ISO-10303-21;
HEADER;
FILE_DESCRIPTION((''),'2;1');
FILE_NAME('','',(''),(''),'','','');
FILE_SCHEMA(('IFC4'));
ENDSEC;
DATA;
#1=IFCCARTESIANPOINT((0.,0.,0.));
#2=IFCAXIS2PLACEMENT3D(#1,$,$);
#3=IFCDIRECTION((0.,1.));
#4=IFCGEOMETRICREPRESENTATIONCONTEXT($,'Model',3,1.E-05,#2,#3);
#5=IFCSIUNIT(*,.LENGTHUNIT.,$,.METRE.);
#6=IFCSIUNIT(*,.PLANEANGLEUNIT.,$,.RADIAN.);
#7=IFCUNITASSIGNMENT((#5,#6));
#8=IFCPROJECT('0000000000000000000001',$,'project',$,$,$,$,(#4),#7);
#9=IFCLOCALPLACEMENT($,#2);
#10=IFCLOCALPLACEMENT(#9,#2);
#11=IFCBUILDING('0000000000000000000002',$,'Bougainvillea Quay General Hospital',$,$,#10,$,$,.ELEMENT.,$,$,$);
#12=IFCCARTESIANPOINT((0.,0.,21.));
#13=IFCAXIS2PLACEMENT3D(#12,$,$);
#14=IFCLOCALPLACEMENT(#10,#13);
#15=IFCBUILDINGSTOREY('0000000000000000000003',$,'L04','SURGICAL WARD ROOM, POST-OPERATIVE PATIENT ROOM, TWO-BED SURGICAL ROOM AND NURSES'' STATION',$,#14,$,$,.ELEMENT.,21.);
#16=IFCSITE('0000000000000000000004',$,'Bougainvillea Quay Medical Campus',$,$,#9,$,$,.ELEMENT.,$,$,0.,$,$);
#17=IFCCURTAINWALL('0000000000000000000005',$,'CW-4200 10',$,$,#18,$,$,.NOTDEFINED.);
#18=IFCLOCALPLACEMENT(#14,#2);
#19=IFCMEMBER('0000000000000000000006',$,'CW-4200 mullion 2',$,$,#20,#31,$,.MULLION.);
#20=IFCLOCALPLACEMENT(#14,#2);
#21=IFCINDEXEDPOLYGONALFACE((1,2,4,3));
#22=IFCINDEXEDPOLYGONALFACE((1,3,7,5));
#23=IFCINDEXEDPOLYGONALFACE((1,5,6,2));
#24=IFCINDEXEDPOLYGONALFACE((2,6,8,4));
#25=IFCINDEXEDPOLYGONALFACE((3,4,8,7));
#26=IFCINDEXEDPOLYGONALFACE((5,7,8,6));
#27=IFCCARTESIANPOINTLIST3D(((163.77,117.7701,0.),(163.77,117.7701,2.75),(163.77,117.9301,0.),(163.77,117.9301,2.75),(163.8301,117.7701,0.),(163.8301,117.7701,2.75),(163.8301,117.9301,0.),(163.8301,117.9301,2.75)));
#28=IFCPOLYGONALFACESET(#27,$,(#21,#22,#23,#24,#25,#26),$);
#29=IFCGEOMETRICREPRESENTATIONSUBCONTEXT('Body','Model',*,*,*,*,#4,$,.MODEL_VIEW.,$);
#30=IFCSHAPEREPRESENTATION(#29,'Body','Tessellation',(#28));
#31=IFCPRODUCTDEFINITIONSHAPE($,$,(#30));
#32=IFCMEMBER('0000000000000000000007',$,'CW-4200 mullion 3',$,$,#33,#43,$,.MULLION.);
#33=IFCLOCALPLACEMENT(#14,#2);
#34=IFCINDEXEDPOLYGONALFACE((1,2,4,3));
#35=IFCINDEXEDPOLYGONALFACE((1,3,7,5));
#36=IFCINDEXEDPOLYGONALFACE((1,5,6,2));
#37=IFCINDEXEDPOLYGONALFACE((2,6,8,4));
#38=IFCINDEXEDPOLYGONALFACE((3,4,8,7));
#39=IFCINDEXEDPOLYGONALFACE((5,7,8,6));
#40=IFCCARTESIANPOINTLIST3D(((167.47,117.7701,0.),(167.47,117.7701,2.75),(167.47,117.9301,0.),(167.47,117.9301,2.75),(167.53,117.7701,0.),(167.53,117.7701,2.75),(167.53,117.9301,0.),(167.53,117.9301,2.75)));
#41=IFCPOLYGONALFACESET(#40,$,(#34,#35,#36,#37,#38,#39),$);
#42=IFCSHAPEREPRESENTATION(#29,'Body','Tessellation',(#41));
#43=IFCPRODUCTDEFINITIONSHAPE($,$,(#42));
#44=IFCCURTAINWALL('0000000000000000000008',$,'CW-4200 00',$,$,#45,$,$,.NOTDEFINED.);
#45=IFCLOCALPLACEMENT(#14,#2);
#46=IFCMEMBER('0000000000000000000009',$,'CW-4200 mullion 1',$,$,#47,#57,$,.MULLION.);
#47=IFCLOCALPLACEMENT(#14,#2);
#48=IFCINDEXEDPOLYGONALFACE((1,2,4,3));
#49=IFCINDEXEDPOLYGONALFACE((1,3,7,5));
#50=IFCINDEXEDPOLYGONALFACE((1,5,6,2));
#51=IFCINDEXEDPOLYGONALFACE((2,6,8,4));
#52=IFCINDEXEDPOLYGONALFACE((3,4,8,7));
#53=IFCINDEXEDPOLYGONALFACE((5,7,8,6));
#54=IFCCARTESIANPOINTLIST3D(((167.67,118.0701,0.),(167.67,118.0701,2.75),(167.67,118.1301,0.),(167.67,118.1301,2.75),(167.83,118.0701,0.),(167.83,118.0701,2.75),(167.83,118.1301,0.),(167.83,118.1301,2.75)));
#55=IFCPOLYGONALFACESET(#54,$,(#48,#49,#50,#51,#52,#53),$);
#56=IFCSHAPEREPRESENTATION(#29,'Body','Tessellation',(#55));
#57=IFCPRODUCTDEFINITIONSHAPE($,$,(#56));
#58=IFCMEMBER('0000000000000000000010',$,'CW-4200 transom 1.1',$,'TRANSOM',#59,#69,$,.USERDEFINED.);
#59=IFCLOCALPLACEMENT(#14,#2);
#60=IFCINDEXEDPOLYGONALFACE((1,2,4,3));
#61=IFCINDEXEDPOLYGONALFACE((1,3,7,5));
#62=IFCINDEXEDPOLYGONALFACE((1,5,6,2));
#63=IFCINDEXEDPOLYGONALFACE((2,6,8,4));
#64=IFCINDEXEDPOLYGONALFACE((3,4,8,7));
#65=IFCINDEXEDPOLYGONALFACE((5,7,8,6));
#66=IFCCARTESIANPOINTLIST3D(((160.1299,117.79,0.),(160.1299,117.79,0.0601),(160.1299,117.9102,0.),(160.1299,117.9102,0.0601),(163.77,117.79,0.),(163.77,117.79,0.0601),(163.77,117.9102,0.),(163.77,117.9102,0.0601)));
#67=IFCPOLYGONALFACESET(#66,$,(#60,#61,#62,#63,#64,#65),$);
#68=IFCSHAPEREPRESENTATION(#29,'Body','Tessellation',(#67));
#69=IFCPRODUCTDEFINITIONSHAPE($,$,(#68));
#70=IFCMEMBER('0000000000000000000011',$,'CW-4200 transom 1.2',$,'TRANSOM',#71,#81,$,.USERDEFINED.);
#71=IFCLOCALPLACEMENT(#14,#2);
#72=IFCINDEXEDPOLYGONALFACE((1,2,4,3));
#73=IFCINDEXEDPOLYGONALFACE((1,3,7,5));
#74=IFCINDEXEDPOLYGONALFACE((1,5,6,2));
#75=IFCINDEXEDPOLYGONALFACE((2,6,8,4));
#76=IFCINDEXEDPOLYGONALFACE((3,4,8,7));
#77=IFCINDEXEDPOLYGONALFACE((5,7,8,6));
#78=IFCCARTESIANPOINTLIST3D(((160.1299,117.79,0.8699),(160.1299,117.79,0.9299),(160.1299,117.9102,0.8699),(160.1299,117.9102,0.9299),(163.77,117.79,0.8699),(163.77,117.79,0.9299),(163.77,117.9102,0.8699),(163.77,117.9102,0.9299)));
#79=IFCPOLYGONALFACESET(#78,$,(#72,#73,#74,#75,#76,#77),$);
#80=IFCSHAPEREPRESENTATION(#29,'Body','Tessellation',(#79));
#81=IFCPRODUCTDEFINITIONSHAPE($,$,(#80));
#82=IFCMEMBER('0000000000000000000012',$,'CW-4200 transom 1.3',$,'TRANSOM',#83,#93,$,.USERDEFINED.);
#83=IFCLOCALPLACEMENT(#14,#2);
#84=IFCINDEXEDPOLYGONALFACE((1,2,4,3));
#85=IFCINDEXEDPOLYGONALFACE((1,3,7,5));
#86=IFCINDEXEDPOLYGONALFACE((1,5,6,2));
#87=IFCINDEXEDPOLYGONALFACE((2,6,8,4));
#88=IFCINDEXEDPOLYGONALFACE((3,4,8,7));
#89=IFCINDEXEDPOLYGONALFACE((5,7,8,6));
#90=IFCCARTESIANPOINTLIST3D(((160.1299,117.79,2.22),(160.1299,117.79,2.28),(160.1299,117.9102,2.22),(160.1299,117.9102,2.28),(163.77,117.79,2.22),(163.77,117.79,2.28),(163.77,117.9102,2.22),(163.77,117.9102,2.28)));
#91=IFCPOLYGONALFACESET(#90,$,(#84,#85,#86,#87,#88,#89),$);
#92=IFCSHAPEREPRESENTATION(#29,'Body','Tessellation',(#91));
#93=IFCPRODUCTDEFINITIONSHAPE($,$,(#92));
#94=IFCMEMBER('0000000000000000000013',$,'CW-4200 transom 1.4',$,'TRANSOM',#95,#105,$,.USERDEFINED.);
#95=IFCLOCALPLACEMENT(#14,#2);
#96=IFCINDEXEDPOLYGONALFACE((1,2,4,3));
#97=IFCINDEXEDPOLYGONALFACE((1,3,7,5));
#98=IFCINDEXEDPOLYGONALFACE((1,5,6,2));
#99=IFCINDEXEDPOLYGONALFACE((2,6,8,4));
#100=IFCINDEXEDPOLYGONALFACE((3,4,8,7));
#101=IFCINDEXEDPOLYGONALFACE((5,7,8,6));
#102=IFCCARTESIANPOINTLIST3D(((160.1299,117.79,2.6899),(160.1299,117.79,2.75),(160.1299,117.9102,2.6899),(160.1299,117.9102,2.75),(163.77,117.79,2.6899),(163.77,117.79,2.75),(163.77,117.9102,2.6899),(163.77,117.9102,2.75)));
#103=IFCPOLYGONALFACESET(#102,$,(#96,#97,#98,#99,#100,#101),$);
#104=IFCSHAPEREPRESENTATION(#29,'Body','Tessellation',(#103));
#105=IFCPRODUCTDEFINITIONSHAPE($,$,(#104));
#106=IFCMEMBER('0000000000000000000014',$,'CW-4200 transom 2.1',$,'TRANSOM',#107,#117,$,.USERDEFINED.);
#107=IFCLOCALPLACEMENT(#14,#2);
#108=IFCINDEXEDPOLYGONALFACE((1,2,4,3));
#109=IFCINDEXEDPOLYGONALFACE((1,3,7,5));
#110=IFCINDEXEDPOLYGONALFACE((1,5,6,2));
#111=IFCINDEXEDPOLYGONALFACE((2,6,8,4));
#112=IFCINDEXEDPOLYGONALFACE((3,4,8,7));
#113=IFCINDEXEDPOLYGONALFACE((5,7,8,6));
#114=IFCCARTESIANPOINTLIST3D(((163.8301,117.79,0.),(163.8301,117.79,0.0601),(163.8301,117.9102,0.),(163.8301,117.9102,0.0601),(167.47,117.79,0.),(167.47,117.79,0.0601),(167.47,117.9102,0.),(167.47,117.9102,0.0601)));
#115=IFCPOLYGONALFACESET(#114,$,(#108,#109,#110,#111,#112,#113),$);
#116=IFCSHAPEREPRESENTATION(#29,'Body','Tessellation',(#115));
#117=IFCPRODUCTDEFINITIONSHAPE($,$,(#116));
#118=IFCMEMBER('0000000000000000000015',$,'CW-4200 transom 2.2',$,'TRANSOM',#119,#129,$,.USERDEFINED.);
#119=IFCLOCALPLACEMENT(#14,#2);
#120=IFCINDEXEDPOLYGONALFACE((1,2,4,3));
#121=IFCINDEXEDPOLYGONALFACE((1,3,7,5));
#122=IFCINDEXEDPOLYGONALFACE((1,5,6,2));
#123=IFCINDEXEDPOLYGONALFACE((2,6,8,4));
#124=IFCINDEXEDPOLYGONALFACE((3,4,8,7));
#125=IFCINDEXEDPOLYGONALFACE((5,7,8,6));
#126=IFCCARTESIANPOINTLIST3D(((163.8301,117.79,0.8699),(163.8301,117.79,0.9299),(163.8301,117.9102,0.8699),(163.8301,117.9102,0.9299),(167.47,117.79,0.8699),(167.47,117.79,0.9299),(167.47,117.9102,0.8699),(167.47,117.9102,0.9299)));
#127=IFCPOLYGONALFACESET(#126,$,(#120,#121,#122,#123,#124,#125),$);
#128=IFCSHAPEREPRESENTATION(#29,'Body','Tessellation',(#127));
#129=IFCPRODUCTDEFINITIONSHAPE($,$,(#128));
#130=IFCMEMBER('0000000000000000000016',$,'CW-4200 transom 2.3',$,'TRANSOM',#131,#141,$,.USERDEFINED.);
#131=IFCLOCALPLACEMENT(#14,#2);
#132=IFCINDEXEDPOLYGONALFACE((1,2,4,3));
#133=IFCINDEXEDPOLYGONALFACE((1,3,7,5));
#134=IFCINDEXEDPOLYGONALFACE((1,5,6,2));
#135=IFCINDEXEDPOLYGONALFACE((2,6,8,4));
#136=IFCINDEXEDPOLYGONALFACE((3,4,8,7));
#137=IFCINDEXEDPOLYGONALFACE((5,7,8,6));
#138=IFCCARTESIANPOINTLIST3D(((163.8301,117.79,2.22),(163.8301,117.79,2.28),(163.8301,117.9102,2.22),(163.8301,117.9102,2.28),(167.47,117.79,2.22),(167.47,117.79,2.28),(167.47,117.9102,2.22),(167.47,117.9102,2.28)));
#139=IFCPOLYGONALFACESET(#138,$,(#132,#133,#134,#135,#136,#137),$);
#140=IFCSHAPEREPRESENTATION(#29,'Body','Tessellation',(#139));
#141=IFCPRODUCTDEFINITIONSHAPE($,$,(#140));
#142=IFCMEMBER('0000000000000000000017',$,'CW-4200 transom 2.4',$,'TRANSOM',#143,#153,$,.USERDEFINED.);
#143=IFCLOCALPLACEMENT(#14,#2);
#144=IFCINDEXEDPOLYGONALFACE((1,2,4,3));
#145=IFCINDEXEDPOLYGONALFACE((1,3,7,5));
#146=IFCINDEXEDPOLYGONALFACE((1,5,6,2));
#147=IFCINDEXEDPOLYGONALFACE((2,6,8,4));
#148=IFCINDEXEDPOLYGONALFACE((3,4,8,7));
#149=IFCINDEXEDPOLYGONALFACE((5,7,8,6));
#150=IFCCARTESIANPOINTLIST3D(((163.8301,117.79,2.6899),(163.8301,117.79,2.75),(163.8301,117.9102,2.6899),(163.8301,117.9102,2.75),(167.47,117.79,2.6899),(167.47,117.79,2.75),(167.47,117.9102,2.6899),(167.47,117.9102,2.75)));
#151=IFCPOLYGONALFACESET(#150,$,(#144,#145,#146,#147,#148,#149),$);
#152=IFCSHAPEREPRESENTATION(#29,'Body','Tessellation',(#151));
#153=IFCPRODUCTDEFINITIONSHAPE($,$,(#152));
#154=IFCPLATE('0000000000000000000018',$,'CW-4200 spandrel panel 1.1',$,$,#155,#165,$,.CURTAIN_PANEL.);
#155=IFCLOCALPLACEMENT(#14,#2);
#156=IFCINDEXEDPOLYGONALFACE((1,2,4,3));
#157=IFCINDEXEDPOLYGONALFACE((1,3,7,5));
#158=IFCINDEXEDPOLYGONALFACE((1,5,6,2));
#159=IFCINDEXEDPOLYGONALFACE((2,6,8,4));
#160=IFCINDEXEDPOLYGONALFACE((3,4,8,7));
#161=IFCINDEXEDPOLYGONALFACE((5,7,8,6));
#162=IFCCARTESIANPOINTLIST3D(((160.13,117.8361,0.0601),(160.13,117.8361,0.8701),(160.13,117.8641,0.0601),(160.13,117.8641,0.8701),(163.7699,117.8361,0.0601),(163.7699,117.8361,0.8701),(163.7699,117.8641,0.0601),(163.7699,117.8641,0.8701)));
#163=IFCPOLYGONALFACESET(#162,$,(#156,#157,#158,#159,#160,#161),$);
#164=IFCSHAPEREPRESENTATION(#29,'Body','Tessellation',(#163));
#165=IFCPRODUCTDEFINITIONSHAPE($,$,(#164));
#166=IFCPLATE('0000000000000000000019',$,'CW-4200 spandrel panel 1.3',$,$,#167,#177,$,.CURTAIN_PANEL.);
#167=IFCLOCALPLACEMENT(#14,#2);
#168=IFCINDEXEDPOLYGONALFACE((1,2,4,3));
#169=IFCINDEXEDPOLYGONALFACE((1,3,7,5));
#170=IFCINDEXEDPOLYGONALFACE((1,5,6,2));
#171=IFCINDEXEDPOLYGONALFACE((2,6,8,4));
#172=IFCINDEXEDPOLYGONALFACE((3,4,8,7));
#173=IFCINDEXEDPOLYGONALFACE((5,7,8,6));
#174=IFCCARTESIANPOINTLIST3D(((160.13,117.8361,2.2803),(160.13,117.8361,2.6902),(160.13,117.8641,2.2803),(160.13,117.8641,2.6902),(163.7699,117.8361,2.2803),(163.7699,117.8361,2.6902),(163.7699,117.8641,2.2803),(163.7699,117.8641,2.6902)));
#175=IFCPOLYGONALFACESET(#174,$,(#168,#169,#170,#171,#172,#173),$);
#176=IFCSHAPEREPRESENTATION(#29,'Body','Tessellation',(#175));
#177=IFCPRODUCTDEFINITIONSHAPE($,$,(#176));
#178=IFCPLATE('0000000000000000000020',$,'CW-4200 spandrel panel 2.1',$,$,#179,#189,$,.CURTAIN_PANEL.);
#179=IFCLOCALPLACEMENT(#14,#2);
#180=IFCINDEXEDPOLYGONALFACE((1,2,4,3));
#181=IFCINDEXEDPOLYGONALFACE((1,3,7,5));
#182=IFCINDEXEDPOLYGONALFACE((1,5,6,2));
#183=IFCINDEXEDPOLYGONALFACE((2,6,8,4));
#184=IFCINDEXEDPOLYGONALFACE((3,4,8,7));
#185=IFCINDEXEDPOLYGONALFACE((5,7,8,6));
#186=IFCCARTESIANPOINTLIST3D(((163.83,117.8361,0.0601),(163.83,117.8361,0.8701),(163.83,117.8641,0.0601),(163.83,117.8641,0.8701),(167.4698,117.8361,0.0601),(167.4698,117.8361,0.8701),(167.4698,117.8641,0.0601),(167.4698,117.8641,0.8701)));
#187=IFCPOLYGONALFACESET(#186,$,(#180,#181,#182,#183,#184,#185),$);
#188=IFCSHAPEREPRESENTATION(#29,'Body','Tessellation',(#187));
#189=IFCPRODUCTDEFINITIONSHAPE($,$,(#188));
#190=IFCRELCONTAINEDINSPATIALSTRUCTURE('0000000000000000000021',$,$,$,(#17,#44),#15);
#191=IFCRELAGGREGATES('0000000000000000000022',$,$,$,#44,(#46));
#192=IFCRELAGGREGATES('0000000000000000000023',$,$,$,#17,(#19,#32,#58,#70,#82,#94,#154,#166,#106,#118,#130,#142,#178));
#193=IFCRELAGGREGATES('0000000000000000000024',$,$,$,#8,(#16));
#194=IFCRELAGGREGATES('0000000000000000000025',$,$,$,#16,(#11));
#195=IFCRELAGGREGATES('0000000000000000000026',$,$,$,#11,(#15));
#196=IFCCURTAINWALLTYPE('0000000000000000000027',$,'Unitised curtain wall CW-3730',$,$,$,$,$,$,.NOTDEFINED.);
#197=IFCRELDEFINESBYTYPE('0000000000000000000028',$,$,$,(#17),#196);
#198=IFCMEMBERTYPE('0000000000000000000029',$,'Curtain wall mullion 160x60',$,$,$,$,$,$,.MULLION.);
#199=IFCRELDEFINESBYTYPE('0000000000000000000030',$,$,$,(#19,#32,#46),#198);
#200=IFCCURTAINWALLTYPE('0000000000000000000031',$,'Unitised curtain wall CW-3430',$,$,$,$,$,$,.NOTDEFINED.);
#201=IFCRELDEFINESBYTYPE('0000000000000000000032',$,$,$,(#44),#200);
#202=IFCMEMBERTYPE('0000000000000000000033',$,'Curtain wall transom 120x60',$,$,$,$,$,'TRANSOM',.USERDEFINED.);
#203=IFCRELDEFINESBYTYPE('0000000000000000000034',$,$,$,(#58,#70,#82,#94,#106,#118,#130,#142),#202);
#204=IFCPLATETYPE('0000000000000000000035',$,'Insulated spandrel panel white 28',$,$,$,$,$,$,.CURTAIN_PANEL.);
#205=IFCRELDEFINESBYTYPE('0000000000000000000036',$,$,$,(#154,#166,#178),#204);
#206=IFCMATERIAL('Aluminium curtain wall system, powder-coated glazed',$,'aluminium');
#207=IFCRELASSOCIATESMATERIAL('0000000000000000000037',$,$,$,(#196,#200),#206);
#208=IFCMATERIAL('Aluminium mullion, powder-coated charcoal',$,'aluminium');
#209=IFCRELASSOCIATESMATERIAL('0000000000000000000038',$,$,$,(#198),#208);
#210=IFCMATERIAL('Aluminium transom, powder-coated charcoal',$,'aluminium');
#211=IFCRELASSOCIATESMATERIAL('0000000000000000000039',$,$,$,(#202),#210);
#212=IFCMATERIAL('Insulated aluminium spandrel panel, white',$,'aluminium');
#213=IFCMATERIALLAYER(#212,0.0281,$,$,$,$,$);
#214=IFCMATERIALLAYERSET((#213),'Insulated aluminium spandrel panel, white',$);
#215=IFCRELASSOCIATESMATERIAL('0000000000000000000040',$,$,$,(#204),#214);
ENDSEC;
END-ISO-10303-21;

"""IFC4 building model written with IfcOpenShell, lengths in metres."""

from ifc_helpers import new_model, si_unit, direction, frame, origin, origin_2d, place, context, subcontext, project, spatial, rectangle, extrude, material, layer, layer_set, material_profile, profile_set, type_object, element, aggregate, save


model = new_model("IFC4")

# Units and contexts
model_context = context("Model", 3, precision=1e-05, world=origin(), true_north=direction((0.0, 1.0)))
body_context = subcontext(model_context, "Body", "Model", "MODEL_VIEW")
ifc_project = project(units=[si_unit("LENGTHUNIT", "METRE"), si_unit("PLANEANGLEUNIT", "RADIAN")], contexts=[model_context])

# Site, building, storey
site_placement = place(None, origin())
site = spatial("IfcSite", under=ifc_project, at=site_placement, Name="Bougainvillea Quay Medical Campus", CompositionType="ELEMENT", RefElevation=0.0)
building_placement = place(site_placement, origin())
building = spatial("IfcBuilding", under=site, at=building_placement, Name="Bougainvillea Quay General Hospital", CompositionType="ELEMENT")
storey_placement = place(building_placement, frame((0.0, 0.0, 21.0)))
storey = spatial("IfcBuildingStorey", under=building, at=storey_placement, Name="L04", Description="SURGICAL WARD ROOM, POST-OPERATIVE PATIENT ROOM, TWO-BED SURGICAL ROOM AND NURSES' STATION", CompositionType="ELEMENT", Elevation=21.0)

# Curtain wall, members
ifc_material_1 = material(Name="Aluminium curtain wall system, powder-coated glazed", Category="aluminium")
curtain_wall_type_1 = type_object("IfcCurtainWallType", Name="Unitised curtain wall CW-3730", PredefinedType="NOTDEFINED", material=ifc_material_1)
curtain_wall_1_placement = place(storey_placement, origin())
curtain_wall_1 = element("IfcCurtainWall", 1, at=curtain_wall_1_placement, inside=storey, type_object=curtain_wall_type_1, Name="CW-4200 10", PredefinedType="NOTDEFINED")
ifc_material_2 = material(Name="Aluminium mullion, powder-coated charcoal", Category="aluminium")
ifc_material_profile_1 = material_profile(ifc_material_2, rectangle(XDim=0.1599, YDim=0.0601, at=origin_2d()))
ifc_profile_set_1 = profile_set([ifc_material_profile_1], Name="Aluminium mullion, powder-coated charcoal")
member_type_1 = type_object("IfcMemberType", Name="Curtain wall mullion 160x60", PredefinedType="MULLION", material=ifc_profile_set_1)
member_1_placement = place(storey_placement, frame((163.8, 117.8501, 0.0), z_axis=(0.0, 0.0, 1.0), x_axis=(0.0, 1.0, 0.0)))
member_1 = element("IfcMember", 2, at=member_1_placement, type_object=member_type_1, Name="CW-4200 mullion 2", PredefinedType="MULLION", context=body_context, shape_type="SweptSolid", body=[
    extrude(rectangle(XDim=0.1599, YDim=0.0601, at=origin_2d()), origin(), (0.0, 0.0, 1.0), 2.75),
])
member_2_placement = place(storey_placement, frame((167.5, 117.8501, 0.0), z_axis=(0.0, 0.0, 1.0), x_axis=(0.0, 1.0, 0.0)))
member_2 = element("IfcMember", 3, at=member_2_placement, type_object=member_type_1, Name="CW-4200 mullion 3", PredefinedType="MULLION", context=body_context, shape_type="SweptSolid", body=[
    extrude(rectangle(XDim=0.1599, YDim=0.0601, at=origin_2d()), origin(), (0.0, 0.0, 1.0), 2.75),
])

# Curtain wall, member
curtain_wall_type_2 = type_object("IfcCurtainWallType", Name="Unitised curtain wall CW-3430", PredefinedType="NOTDEFINED", material=ifc_material_1)
curtain_wall_2_placement = place(storey_placement, origin())
curtain_wall_2 = element("IfcCurtainWall", 4, at=curtain_wall_2_placement, inside=storey, type_object=curtain_wall_type_2, Name="CW-4200 00", PredefinedType="NOTDEFINED")
member_3_placement = place(storey_placement, frame((167.75, 118.1001, 0.0), z_axis=(0.0, 0.0, 1.0), x_axis=(-1.0, 0.0, 0.0)))
member_3 = element("IfcMember", 5, at=member_3_placement, type_object=member_type_1, Name="CW-4200 mullion 1", PredefinedType="MULLION", context=body_context, shape_type="SweptSolid", body=[
    extrude(rectangle(XDim=0.1599, YDim=0.0601, at=origin_2d()), origin(), (0.0, 0.0, 1.0), 2.75),
])
aggregate(curtain_wall_2, [member_3])

# Members
ifc_material_3 = material(Name="Aluminium transom, powder-coated charcoal", Category="aluminium")
ifc_material_profile_2 = material_profile(ifc_material_3, rectangle(XDim=0.1201, YDim=0.0601, at=origin_2d()))
ifc_profile_set_2 = profile_set([ifc_material_profile_2], Name="Aluminium transom, powder-coated charcoal")
member_type_2 = type_object("IfcMemberType", Name="Curtain wall transom 120x60", ElementType="TRANSOM", PredefinedType="USERDEFINED", material=ifc_profile_set_2)
member_4_placement = place(storey_placement, frame((160.1299, 117.8501, 0.03), z_axis=(1.0, 0.0, 0.0), x_axis=(0.0, 1.0, 0.0)))
member_4 = element("IfcMember", 6, at=member_4_placement, type_object=member_type_2, Name="CW-4200 transom 1.1", ObjectType="TRANSOM", PredefinedType="USERDEFINED", context=body_context, shape_type="SweptSolid", body=[
    extrude(rectangle(XDim=0.1201, YDim=0.0601, at=origin_2d()), origin(), (0.0, 0.0, 1.0), 3.6401),
])
member_5_placement = place(storey_placement, frame((160.1299, 117.8501, 0.8999), z_axis=(1.0, 0.0, 0.0), x_axis=(0.0, 1.0, 0.0)))
member_5 = element("IfcMember", 7, at=member_5_placement, type_object=member_type_2, Name="CW-4200 transom 1.2", ObjectType="TRANSOM", PredefinedType="USERDEFINED", context=body_context, shape_type="SweptSolid", body=[
    extrude(rectangle(XDim=0.1201, YDim=0.0601, at=origin_2d()), origin(), (0.0, 0.0, 1.0), 3.6401),
])
member_6_placement = place(storey_placement, frame((160.1299, 117.8501, 2.25), z_axis=(1.0, 0.0, 0.0), x_axis=(0.0, 1.0, 0.0)))
member_6 = element("IfcMember", 8, at=member_6_placement, type_object=member_type_2, Name="CW-4200 transom 1.3", ObjectType="TRANSOM", PredefinedType="USERDEFINED", context=body_context, shape_type="SweptSolid", body=[
    extrude(rectangle(XDim=0.1201, YDim=0.0601, at=origin_2d()), origin(), (0.0, 0.0, 1.0), 3.6401),
])
member_7_placement = place(storey_placement, frame((160.1299, 117.8501, 2.72), z_axis=(1.0, 0.0, 0.0), x_axis=(0.0, 1.0, 0.0)))
member_7 = element("IfcMember", 9, at=member_7_placement, type_object=member_type_2, Name="CW-4200 transom 1.4", ObjectType="TRANSOM", PredefinedType="USERDEFINED", context=body_context, shape_type="SweptSolid", body=[
    extrude(rectangle(XDim=0.1201, YDim=0.0601, at=origin_2d()), origin(), (0.0, 0.0, 1.0), 3.6401),
])
member_8_placement = place(storey_placement, frame((163.8301, 117.8501, 0.03), z_axis=(1.0, 0.0, 0.0), x_axis=(0.0, 1.0, 0.0)))
member_8 = element("IfcMember", 10, at=member_8_placement, type_object=member_type_2, Name="CW-4200 transom 2.1", ObjectType="TRANSOM", PredefinedType="USERDEFINED", context=body_context, shape_type="SweptSolid", body=[
    extrude(rectangle(XDim=0.1201, YDim=0.0601, at=origin_2d()), origin(), (0.0, 0.0, 1.0), 3.6399),
])
member_9_placement = place(storey_placement, frame((163.8301, 117.8501, 0.8999), z_axis=(1.0, 0.0, 0.0), x_axis=(0.0, 1.0, 0.0)))
member_9 = element("IfcMember", 11, at=member_9_placement, type_object=member_type_2, Name="CW-4200 transom 2.2", ObjectType="TRANSOM", PredefinedType="USERDEFINED", context=body_context, shape_type="SweptSolid", body=[
    extrude(rectangle(XDim=0.1201, YDim=0.0601, at=origin_2d()), origin(), (0.0, 0.0, 1.0), 3.6399),
])
member_10_placement = place(storey_placement, frame((163.8301, 117.8501, 2.25), z_axis=(1.0, 0.0, 0.0), x_axis=(0.0, 1.0, 0.0)))
member_10 = element("IfcMember", 12, at=member_10_placement, type_object=member_type_2, Name="CW-4200 transom 2.3", ObjectType="TRANSOM", PredefinedType="USERDEFINED", context=body_context, shape_type="SweptSolid", body=[
    extrude(rectangle(XDim=0.1201, YDim=0.0601, at=origin_2d()), origin(), (0.0, 0.0, 1.0), 3.6399),
])
member_11_placement = place(storey_placement, frame((163.8301, 117.8501, 2.72), z_axis=(1.0, 0.0, 0.0), x_axis=(0.0, 1.0, 0.0)))
member_11 = element("IfcMember", 13, at=member_11_placement, type_object=member_type_2, Name="CW-4200 transom 2.4", ObjectType="TRANSOM", PredefinedType="USERDEFINED", context=body_context, shape_type="SweptSolid", body=[
    extrude(rectangle(XDim=0.1201, YDim=0.0601, at=origin_2d()), origin(), (0.0, 0.0, 1.0), 3.6399),
])

# Plates
ifc_material_4 = material(Name="Insulated aluminium spandrel panel, white", Category="aluminium")
ifc_layer_1 = layer(ifc_material_4, 0.0281)
ifc_layer_set_1 = layer_set([ifc_layer_1], Name="Insulated aluminium spandrel panel, white")
plate_type_1 = type_object("IfcPlateType", Name="Insulated spandrel panel white 28", PredefinedType="CURTAIN_PANEL", material=ifc_layer_set_1)
plate_1_placement = place(storey_placement, frame((161.95, 117.8501, 0.0601), z_axis=(0.0, 0.0, 1.0), x_axis=(1.0, 0.0, 0.0)))
plate_1 = element("IfcPlate", 14, at=plate_1_placement, type_object=plate_type_1, Name="CW-4200 spandrel panel 1.1", PredefinedType="CURTAIN_PANEL", context=body_context, shape_type="SweptSolid", body=[
    extrude(rectangle(XDim=3.6399, YDim=0.0281, at=origin_2d()), origin(), (0.0, 0.0, 1.0), 0.8101),
])
plate_2_placement = place(storey_placement, frame((161.95, 117.8501, 2.2803), z_axis=(0.0, 0.0, 1.0), x_axis=(1.0, 0.0, 0.0)))
plate_2 = element("IfcPlate", 15, at=plate_2_placement, type_object=plate_type_1, Name="CW-4200 spandrel panel 1.3", PredefinedType="CURTAIN_PANEL", context=body_context, shape_type="SweptSolid", body=[
    extrude(rectangle(XDim=3.6399, YDim=0.0281, at=origin_2d()), origin(), (0.0, 0.0, 1.0), 0.4099),
])
plate_3_placement = place(storey_placement, frame((165.6499, 117.8501, 0.0601), z_axis=(0.0, 0.0, 1.0), x_axis=(1.0, 0.0, 0.0)))
plate_3 = element("IfcPlate", 16, at=plate_3_placement, type_object=plate_type_1, Name="CW-4200 spandrel panel 2.1", PredefinedType="CURTAIN_PANEL", context=body_context, shape_type="SweptSolid", body=[
    extrude(rectangle(XDim=3.6399, YDim=0.0281, at=origin_2d()), origin(), (0.0, 0.0, 1.0), 0.8101),
])
aggregate(curtain_wall_1, [member_1, member_2, member_4, member_5, member_6, member_7, plate_1, plate_2, member_8, member_9, member_10, member_11, plate_3])

save(model, "model.ifc")
